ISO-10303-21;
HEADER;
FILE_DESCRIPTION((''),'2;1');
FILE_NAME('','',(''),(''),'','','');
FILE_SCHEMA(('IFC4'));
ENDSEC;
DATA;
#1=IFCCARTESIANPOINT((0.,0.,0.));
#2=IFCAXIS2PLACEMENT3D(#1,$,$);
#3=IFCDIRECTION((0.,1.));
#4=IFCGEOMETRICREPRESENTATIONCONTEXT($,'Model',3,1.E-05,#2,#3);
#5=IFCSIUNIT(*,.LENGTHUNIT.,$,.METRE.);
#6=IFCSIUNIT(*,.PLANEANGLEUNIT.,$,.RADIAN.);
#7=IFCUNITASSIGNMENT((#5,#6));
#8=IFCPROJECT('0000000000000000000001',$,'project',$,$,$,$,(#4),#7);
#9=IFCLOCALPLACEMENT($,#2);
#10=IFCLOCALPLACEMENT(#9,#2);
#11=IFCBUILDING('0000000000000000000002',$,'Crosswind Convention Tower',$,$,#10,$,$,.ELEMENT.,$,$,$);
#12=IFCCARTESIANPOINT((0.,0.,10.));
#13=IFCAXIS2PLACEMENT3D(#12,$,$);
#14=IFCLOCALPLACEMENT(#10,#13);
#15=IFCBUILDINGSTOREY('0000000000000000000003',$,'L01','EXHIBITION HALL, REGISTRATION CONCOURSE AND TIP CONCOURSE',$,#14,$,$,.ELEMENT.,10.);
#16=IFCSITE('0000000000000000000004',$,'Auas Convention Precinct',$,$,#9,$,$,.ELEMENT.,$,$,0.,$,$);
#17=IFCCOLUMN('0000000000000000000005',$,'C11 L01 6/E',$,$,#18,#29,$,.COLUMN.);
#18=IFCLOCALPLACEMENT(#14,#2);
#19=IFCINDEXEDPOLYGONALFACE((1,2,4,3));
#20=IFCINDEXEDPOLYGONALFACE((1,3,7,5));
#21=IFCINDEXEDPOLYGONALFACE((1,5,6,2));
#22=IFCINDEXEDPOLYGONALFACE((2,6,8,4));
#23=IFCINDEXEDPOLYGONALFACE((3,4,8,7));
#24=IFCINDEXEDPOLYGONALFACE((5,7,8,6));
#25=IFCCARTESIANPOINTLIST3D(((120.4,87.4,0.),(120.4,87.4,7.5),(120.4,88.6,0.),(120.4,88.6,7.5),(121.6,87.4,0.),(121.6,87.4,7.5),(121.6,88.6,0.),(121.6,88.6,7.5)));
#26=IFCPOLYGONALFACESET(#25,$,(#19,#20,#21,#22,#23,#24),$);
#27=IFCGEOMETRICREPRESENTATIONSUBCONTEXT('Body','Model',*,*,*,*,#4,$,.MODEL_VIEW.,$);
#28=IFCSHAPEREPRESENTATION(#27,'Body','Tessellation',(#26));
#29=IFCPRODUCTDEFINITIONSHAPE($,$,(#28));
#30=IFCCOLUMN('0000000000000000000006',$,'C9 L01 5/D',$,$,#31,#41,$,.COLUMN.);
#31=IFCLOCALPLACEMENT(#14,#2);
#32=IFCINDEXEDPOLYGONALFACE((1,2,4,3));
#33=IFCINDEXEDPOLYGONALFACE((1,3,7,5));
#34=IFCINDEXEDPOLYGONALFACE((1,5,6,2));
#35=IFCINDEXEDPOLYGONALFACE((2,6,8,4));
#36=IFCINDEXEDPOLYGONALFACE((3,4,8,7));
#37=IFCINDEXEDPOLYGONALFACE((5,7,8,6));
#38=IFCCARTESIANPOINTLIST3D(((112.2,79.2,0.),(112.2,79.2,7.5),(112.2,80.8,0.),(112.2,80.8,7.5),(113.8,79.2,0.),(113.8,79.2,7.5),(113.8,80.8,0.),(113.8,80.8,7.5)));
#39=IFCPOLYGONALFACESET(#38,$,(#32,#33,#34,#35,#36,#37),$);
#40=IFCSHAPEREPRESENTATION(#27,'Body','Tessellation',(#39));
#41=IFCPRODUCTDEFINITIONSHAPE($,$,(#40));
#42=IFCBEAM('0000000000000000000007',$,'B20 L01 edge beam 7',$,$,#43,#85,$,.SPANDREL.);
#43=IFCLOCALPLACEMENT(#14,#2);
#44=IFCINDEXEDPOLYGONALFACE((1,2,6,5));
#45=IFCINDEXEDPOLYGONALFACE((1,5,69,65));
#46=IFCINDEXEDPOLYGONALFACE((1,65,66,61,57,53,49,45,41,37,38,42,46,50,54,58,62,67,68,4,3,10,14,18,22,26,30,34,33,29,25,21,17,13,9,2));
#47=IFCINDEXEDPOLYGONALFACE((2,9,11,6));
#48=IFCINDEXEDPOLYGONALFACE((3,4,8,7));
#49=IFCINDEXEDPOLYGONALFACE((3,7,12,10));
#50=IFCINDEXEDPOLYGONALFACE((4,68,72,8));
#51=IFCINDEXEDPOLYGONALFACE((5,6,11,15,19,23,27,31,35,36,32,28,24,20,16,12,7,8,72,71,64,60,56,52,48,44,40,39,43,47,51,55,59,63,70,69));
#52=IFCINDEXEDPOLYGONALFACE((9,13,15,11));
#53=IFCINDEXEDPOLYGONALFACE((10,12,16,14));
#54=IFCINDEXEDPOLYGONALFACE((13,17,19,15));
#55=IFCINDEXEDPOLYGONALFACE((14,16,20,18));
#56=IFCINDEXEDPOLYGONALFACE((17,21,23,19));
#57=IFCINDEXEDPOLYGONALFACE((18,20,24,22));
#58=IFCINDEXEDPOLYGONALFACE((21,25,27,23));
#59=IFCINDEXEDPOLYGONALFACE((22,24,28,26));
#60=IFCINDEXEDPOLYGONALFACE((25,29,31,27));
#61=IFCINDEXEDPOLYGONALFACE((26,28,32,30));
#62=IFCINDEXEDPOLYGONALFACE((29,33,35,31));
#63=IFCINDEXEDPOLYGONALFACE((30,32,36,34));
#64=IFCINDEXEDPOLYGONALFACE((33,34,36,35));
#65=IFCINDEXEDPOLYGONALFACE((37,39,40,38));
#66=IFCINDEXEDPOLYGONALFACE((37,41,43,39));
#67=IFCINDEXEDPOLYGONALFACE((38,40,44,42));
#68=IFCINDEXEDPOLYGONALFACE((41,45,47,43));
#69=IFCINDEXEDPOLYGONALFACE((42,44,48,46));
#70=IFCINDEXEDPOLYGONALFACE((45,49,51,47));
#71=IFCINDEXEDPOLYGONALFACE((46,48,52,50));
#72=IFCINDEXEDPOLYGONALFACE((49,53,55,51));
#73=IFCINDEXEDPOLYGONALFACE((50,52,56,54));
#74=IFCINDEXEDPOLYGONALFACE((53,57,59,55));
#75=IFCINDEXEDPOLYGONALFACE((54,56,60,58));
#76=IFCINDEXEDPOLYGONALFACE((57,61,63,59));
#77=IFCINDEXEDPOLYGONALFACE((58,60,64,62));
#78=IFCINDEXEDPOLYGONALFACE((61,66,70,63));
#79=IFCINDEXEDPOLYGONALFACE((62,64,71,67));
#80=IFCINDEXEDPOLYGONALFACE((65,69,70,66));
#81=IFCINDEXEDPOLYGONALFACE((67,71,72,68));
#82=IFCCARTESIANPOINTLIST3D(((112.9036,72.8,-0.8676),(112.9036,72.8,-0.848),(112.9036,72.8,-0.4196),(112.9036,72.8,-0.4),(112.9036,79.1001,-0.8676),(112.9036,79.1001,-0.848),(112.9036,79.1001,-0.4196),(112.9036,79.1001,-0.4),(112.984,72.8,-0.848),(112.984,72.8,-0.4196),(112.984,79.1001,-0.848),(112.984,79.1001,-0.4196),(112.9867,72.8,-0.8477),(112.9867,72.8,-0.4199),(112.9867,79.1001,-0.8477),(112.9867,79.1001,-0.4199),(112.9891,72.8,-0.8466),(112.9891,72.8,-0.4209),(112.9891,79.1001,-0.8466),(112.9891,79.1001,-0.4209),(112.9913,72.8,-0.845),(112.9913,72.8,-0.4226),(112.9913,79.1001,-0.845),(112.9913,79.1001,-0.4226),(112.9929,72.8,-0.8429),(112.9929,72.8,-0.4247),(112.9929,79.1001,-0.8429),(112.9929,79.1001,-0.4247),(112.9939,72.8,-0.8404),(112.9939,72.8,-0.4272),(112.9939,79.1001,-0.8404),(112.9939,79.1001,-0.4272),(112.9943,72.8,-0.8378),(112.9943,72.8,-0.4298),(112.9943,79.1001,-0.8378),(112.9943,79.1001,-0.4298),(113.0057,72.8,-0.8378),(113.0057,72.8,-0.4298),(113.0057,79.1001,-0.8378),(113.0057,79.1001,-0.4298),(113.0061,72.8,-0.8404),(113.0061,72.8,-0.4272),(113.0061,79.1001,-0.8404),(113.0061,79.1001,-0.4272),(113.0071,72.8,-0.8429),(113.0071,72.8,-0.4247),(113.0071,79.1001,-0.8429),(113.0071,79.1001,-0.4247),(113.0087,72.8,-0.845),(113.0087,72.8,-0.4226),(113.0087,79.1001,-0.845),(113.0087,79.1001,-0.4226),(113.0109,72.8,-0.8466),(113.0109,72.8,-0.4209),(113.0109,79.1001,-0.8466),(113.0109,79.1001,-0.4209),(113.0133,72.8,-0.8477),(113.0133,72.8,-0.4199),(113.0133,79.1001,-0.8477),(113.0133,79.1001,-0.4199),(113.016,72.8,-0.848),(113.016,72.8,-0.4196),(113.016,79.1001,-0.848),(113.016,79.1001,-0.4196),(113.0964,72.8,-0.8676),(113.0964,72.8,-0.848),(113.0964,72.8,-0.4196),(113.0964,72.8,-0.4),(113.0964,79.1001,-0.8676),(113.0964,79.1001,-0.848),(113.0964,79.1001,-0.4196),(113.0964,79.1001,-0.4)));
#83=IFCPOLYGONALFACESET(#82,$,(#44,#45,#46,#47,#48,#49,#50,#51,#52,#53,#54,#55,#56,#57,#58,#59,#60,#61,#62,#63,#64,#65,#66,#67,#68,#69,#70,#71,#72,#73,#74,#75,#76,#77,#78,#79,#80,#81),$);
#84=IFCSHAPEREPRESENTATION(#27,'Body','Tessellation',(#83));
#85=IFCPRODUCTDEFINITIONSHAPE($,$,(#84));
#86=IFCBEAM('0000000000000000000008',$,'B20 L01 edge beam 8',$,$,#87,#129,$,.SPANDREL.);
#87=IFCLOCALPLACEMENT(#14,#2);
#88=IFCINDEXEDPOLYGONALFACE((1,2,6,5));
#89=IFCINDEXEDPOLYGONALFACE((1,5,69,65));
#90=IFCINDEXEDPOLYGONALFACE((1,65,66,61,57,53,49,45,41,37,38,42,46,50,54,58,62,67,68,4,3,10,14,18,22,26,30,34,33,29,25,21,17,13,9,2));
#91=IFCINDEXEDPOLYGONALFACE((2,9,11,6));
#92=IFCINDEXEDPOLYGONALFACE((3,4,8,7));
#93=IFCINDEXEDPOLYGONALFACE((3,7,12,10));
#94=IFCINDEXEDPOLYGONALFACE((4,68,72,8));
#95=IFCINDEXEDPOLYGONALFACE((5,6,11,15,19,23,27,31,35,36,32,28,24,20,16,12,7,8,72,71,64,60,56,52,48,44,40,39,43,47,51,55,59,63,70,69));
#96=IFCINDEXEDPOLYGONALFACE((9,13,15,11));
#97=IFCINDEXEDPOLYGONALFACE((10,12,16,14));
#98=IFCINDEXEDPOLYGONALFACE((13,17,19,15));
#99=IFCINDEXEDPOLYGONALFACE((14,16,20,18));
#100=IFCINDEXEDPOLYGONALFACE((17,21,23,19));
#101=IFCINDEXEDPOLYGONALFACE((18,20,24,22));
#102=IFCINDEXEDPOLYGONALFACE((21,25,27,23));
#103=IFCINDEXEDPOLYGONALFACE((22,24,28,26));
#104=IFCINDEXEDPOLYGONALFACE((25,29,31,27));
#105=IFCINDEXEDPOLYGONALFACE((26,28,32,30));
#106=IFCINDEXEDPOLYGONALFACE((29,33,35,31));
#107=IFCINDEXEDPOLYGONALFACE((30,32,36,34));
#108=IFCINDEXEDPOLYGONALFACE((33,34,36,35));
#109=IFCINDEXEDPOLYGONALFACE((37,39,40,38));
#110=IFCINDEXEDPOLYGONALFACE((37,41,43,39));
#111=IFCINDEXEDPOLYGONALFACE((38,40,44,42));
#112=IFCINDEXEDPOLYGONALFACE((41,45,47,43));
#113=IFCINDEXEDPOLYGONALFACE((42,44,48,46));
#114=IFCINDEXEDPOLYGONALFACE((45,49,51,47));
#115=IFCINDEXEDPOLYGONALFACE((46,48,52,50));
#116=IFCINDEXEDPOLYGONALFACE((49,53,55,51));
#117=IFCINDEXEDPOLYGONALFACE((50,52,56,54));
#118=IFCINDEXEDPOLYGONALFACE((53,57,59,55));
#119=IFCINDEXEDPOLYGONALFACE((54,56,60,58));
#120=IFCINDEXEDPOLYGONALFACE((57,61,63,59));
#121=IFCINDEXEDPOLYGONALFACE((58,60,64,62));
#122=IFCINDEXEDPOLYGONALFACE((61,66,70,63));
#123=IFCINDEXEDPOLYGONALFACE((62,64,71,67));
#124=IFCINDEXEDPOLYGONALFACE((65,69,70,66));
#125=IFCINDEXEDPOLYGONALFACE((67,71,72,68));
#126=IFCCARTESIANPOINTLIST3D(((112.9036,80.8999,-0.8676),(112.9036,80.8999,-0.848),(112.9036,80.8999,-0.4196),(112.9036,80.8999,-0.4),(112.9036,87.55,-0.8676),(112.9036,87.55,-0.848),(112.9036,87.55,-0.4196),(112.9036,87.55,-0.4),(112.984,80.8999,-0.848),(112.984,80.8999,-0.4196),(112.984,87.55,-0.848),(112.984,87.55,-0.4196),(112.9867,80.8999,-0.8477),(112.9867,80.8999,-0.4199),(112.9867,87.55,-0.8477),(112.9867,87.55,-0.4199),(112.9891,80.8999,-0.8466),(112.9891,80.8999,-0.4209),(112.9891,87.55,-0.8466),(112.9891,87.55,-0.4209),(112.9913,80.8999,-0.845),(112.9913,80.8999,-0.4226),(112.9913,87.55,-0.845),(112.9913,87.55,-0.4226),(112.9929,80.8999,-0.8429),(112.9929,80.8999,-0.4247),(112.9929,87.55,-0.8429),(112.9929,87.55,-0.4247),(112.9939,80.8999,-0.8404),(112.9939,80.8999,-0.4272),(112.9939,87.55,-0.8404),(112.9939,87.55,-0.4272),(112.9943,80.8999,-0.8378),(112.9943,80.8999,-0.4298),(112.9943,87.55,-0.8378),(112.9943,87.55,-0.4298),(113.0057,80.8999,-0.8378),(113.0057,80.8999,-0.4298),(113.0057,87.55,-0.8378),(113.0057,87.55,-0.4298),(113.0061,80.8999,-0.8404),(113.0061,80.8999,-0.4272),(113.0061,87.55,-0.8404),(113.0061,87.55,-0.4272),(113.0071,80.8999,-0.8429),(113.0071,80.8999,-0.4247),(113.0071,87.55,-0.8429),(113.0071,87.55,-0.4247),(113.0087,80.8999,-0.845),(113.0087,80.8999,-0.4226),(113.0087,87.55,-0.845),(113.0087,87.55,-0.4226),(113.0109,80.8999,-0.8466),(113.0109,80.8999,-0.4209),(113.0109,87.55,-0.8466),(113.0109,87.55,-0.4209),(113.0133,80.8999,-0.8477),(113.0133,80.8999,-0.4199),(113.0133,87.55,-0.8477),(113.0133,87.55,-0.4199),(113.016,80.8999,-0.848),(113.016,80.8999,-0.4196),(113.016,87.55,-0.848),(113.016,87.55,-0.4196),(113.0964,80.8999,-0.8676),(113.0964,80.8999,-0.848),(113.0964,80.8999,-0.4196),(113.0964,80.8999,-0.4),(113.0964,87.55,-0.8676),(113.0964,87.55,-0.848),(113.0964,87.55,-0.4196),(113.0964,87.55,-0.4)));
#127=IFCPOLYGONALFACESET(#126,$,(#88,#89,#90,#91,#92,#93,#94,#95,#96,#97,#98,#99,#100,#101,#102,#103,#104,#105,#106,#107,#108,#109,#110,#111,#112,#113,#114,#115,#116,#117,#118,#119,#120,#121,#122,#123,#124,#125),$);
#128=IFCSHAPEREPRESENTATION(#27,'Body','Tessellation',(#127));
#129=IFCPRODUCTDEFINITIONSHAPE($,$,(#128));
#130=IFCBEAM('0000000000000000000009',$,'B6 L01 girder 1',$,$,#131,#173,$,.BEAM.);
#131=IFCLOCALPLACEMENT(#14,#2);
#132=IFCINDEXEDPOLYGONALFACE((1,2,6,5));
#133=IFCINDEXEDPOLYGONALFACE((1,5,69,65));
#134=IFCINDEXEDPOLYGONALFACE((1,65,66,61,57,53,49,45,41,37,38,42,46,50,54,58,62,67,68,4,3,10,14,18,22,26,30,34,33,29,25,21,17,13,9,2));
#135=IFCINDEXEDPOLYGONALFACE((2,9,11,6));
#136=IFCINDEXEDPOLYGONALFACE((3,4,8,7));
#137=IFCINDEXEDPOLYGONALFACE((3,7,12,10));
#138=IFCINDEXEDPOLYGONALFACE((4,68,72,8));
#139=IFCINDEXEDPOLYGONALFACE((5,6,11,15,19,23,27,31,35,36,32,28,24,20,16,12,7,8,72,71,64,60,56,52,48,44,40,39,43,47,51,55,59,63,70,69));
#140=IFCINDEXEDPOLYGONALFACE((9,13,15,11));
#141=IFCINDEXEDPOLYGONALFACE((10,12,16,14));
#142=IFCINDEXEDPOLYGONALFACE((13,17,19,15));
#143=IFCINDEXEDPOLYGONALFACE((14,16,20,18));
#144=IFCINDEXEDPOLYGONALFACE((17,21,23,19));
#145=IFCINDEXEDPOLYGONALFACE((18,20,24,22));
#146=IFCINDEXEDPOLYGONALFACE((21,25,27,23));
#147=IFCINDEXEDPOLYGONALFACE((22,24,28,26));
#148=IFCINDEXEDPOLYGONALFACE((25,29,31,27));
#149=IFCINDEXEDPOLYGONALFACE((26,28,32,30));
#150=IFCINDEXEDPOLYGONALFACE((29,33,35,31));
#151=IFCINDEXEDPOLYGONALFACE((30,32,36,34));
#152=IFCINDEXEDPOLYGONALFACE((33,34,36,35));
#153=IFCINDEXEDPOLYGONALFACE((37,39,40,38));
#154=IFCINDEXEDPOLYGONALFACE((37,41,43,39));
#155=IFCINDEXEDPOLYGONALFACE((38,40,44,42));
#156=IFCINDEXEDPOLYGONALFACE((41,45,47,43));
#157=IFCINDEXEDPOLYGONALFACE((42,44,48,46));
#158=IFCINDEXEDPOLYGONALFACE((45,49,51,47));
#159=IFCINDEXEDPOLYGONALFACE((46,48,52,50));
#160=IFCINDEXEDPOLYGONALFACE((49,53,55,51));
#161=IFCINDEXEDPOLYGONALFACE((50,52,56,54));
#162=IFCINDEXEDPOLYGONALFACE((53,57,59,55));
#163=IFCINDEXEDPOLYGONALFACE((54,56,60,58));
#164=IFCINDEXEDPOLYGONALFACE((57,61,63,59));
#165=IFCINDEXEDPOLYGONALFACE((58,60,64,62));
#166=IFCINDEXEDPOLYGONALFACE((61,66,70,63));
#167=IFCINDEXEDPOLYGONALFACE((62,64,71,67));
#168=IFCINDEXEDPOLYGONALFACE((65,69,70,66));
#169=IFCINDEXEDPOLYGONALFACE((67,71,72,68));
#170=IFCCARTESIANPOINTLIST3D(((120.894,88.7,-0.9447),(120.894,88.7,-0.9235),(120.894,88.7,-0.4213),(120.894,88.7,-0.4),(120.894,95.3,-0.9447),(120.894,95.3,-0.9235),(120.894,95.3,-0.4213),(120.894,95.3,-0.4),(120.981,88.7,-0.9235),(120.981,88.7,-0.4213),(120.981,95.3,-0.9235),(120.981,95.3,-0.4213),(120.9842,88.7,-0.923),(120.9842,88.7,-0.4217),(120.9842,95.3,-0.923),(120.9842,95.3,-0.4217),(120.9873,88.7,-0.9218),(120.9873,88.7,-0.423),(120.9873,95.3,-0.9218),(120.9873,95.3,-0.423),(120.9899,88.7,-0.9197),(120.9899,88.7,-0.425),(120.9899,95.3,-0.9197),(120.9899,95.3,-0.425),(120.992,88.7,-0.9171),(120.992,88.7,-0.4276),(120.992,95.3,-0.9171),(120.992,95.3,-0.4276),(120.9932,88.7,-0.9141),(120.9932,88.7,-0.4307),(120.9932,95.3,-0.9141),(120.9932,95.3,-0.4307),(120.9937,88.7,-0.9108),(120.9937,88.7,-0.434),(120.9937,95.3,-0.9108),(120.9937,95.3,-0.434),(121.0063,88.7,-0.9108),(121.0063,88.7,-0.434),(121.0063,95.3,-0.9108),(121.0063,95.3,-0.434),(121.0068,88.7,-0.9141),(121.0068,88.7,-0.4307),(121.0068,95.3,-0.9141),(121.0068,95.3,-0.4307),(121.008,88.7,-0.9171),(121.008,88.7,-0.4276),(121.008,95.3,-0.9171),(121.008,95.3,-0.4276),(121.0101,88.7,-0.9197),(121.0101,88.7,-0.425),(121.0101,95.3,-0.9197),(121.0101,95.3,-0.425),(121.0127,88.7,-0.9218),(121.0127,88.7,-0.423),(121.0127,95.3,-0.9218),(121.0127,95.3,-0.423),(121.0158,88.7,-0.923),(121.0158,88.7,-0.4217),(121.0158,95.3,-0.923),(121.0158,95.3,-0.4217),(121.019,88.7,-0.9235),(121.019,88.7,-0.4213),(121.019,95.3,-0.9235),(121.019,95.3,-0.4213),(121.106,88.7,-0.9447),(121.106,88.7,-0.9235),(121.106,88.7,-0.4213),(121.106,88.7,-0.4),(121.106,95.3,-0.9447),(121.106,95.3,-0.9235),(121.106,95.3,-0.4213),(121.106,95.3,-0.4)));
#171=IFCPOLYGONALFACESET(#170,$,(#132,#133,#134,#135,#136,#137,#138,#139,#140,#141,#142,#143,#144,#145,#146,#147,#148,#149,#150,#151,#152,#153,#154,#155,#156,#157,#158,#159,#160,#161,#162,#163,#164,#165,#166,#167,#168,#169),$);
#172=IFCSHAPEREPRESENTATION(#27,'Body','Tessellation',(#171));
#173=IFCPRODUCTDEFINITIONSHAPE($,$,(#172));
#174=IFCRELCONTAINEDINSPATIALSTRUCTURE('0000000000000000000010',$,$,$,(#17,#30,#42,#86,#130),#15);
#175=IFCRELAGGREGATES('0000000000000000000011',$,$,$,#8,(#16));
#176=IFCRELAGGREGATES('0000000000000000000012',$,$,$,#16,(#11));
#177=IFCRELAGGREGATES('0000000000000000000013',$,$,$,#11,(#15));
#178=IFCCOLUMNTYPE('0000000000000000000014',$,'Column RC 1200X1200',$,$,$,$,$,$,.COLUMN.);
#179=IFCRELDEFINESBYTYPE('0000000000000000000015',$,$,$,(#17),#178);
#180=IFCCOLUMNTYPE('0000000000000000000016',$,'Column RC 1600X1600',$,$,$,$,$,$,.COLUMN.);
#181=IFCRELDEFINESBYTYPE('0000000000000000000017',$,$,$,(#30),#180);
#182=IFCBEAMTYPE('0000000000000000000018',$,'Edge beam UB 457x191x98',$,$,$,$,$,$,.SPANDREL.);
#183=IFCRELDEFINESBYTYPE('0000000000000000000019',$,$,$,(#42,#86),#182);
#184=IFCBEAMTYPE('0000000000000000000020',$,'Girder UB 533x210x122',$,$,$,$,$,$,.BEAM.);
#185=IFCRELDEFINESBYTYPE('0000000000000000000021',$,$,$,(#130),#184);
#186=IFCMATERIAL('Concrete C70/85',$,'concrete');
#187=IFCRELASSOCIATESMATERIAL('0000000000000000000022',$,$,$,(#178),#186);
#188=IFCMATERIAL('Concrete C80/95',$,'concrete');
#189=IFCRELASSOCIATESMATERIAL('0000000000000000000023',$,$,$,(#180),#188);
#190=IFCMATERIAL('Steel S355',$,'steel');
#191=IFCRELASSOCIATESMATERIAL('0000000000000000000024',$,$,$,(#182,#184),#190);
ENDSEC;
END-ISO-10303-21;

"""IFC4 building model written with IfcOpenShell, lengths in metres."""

from ifc_helpers import new_model, si_unit, direction, frame, origin, origin_2d, place, context, subcontext, project, spatial, rectangle, i_section, extrude, material, material_profile, profile_set, type_object, element, save


model = new_model("IFC4")

# Units and contexts
model_context = context("Model", 3, precision=1e-05, world=origin(), true_north=direction((0.0, 1.0)))
body_context = subcontext(model_context, "Body", "Model", "MODEL_VIEW")
ifc_project = project(units=[si_unit("LENGTHUNIT", "METRE"), si_unit("PLANEANGLEUNIT", "RADIAN")], contexts=[model_context])

# Site, building, storey
site_placement = place(None, origin())
site = spatial("IfcSite", under=ifc_project, at=site_placement, Name="Auas Convention Precinct", CompositionType="ELEMENT", RefElevation=0.0)
building_placement = place(site_placement, origin())
building = spatial("IfcBuilding", under=site, at=building_placement, Name="Crosswind Convention Tower", CompositionType="ELEMENT")
storey_placement = place(building_placement, frame((0.0, 0.0, 10.0)))
storey = spatial("IfcBuildingStorey", under=building, at=storey_placement, Name="L01", Description="EXHIBITION HALL, REGISTRATION CONCOURSE AND TIP CONCOURSE", CompositionType="ELEMENT", Elevation=10.0)

# Columns
ifc_material_1 = material(Name="Concrete C70/85", Category="concrete")
ifc_material_profile_1 = material_profile(ifc_material_1, rectangle(XDim=1.2, YDim=1.2, at=origin_2d()), Name="RC 1200X1200")
ifc_profile_set_1 = profile_set([ifc_material_profile_1], Name="Concrete C70/85")
column_type_1 = type_object("IfcColumnType", Name="Column RC 1200X1200", PredefinedType="COLUMN", material=ifc_profile_set_1)
column_1_placement = place(storey_placement, frame((121.0, 88.0, 0.0), z_axis=(0.0, 0.0, 1.0), x_axis=(1.0, 0.0, 0.0)))
element("IfcColumn", 1, at=column_1_placement, inside=storey, type_object=column_type_1, Name="C11 L01 6/E", PredefinedType="COLUMN", context=body_context, shape_type="SweptSolid", body=[
    extrude(rectangle(XDim=1.2, YDim=1.2, at=origin_2d()), origin(), (0.0, 0.0, 1.0), 7.5),
])
ifc_material_2 = material(Name="Concrete C80/95", Category="concrete")
ifc_material_profile_2 = material_profile(ifc_material_2, rectangle(XDim=1.6001, YDim=1.6001, at=origin_2d()), Name="RC 1600X1600")
ifc_profile_set_2 = profile_set([ifc_material_profile_2], Name="Concrete C80/95")
column_type_2 = type_object("IfcColumnType", Name="Column RC 1600X1600", PredefinedType="COLUMN", material=ifc_profile_set_2)
column_2_placement = place(storey_placement, frame((113.0, 80.0, 0.0), z_axis=(0.0, 0.0, 1.0), x_axis=(1.0, 0.0, 0.0)))
element("IfcColumn", 2, at=column_2_placement, inside=storey, type_object=column_type_2, Name="C9 L01 5/D", PredefinedType="COLUMN", context=body_context, shape_type="SweptSolid", body=[
    extrude(rectangle(XDim=1.6001, YDim=1.6001, at=origin_2d()), origin(), (0.0, 0.0, 1.0), 7.5),
])

# Beams
ifc_material_3 = material(Name="Steel S355", Category="steel")
ifc_material_profile_3 = material_profile(ifc_material_3, i_section(OverallWidth=0.1929, OverallDepth=0.4675, WebThickness=0.0115, FlangeThickness=0.0195, FilletRadius=0.0103, at=origin_2d()), Name="UB 457x191x98")
ifc_profile_set_3 = profile_set([ifc_material_profile_3], Name="Steel S355")
beam_type_1 = type_object("IfcBeamType", Name="Edge beam UB 457x191x98", PredefinedType="SPANDREL", material=ifc_profile_set_3)
beam_1_placement = place(storey_placement, frame((113.0, 72.8, -0.6338), z_axis=(0.0, 1.0, 0.0), x_axis=(-1.0, 0.0, 0.0)))
element("IfcBeam", 3, at=beam_1_placement, inside=storey, type_object=beam_type_1, Name="B20 L01 edge beam 7", PredefinedType="SPANDREL", context=body_context, shape_type="SweptSolid", body=[
    extrude(i_section(OverallWidth=0.1929, OverallDepth=0.4675, WebThickness=0.0115, FlangeThickness=0.0195, FilletRadius=0.0103, at=origin_2d()), origin(), (0.0, 0.0, 1.0), 6.3),
])
beam_2_placement = place(storey_placement, frame((113.0, 80.8999, -0.6338), z_axis=(0.0, 1.0, 0.0), x_axis=(-1.0, 0.0, 0.0)))
element("IfcBeam", 4, at=beam_2_placement, inside=storey, type_object=beam_type_1, Name="B20 L01 edge beam 8", PredefinedType="SPANDREL", context=body_context, shape_type="SweptSolid", body=[
    extrude(i_section(OverallWidth=0.1929, OverallDepth=0.4675, WebThickness=0.0115, FlangeThickness=0.0195, FilletRadius=0.0103, at=origin_2d()), origin(), (0.0, 0.0, 1.0), 6.6501),
])
ifc_material_profile_4 = material_profile(ifc_material_3, i_section(OverallWidth=0.2119, OverallDepth=0.5447, WebThickness=0.0127, FlangeThickness=0.0212, FilletRadius=0.0127, at=origin_2d()), Name="UB 533x210x122")
ifc_profile_set_4 = profile_set([ifc_material_profile_4], Name="Steel S355")
beam_type_2 = type_object("IfcBeamType", Name="Girder UB 533x210x122", PredefinedType="BEAM", material=ifc_profile_set_4)
beam_3_placement = place(storey_placement, frame((121.0, 88.7, -0.6724), z_axis=(0.0, 1.0, 0.0), x_axis=(-1.0, 0.0, 0.0)))
element("IfcBeam", 5, at=beam_3_placement, inside=storey, type_object=beam_type_2, Name="B6 L01 girder 1", PredefinedType="BEAM", context=body_context, shape_type="SweptSolid", body=[
    extrude(i_section(OverallWidth=0.2119, OverallDepth=0.5447, WebThickness=0.0127, FlangeThickness=0.0212, FilletRadius=0.0127, at=origin_2d()), origin(), (0.0, 0.0, 1.0), 6.6001),
])

save(model, "model.ifc")
